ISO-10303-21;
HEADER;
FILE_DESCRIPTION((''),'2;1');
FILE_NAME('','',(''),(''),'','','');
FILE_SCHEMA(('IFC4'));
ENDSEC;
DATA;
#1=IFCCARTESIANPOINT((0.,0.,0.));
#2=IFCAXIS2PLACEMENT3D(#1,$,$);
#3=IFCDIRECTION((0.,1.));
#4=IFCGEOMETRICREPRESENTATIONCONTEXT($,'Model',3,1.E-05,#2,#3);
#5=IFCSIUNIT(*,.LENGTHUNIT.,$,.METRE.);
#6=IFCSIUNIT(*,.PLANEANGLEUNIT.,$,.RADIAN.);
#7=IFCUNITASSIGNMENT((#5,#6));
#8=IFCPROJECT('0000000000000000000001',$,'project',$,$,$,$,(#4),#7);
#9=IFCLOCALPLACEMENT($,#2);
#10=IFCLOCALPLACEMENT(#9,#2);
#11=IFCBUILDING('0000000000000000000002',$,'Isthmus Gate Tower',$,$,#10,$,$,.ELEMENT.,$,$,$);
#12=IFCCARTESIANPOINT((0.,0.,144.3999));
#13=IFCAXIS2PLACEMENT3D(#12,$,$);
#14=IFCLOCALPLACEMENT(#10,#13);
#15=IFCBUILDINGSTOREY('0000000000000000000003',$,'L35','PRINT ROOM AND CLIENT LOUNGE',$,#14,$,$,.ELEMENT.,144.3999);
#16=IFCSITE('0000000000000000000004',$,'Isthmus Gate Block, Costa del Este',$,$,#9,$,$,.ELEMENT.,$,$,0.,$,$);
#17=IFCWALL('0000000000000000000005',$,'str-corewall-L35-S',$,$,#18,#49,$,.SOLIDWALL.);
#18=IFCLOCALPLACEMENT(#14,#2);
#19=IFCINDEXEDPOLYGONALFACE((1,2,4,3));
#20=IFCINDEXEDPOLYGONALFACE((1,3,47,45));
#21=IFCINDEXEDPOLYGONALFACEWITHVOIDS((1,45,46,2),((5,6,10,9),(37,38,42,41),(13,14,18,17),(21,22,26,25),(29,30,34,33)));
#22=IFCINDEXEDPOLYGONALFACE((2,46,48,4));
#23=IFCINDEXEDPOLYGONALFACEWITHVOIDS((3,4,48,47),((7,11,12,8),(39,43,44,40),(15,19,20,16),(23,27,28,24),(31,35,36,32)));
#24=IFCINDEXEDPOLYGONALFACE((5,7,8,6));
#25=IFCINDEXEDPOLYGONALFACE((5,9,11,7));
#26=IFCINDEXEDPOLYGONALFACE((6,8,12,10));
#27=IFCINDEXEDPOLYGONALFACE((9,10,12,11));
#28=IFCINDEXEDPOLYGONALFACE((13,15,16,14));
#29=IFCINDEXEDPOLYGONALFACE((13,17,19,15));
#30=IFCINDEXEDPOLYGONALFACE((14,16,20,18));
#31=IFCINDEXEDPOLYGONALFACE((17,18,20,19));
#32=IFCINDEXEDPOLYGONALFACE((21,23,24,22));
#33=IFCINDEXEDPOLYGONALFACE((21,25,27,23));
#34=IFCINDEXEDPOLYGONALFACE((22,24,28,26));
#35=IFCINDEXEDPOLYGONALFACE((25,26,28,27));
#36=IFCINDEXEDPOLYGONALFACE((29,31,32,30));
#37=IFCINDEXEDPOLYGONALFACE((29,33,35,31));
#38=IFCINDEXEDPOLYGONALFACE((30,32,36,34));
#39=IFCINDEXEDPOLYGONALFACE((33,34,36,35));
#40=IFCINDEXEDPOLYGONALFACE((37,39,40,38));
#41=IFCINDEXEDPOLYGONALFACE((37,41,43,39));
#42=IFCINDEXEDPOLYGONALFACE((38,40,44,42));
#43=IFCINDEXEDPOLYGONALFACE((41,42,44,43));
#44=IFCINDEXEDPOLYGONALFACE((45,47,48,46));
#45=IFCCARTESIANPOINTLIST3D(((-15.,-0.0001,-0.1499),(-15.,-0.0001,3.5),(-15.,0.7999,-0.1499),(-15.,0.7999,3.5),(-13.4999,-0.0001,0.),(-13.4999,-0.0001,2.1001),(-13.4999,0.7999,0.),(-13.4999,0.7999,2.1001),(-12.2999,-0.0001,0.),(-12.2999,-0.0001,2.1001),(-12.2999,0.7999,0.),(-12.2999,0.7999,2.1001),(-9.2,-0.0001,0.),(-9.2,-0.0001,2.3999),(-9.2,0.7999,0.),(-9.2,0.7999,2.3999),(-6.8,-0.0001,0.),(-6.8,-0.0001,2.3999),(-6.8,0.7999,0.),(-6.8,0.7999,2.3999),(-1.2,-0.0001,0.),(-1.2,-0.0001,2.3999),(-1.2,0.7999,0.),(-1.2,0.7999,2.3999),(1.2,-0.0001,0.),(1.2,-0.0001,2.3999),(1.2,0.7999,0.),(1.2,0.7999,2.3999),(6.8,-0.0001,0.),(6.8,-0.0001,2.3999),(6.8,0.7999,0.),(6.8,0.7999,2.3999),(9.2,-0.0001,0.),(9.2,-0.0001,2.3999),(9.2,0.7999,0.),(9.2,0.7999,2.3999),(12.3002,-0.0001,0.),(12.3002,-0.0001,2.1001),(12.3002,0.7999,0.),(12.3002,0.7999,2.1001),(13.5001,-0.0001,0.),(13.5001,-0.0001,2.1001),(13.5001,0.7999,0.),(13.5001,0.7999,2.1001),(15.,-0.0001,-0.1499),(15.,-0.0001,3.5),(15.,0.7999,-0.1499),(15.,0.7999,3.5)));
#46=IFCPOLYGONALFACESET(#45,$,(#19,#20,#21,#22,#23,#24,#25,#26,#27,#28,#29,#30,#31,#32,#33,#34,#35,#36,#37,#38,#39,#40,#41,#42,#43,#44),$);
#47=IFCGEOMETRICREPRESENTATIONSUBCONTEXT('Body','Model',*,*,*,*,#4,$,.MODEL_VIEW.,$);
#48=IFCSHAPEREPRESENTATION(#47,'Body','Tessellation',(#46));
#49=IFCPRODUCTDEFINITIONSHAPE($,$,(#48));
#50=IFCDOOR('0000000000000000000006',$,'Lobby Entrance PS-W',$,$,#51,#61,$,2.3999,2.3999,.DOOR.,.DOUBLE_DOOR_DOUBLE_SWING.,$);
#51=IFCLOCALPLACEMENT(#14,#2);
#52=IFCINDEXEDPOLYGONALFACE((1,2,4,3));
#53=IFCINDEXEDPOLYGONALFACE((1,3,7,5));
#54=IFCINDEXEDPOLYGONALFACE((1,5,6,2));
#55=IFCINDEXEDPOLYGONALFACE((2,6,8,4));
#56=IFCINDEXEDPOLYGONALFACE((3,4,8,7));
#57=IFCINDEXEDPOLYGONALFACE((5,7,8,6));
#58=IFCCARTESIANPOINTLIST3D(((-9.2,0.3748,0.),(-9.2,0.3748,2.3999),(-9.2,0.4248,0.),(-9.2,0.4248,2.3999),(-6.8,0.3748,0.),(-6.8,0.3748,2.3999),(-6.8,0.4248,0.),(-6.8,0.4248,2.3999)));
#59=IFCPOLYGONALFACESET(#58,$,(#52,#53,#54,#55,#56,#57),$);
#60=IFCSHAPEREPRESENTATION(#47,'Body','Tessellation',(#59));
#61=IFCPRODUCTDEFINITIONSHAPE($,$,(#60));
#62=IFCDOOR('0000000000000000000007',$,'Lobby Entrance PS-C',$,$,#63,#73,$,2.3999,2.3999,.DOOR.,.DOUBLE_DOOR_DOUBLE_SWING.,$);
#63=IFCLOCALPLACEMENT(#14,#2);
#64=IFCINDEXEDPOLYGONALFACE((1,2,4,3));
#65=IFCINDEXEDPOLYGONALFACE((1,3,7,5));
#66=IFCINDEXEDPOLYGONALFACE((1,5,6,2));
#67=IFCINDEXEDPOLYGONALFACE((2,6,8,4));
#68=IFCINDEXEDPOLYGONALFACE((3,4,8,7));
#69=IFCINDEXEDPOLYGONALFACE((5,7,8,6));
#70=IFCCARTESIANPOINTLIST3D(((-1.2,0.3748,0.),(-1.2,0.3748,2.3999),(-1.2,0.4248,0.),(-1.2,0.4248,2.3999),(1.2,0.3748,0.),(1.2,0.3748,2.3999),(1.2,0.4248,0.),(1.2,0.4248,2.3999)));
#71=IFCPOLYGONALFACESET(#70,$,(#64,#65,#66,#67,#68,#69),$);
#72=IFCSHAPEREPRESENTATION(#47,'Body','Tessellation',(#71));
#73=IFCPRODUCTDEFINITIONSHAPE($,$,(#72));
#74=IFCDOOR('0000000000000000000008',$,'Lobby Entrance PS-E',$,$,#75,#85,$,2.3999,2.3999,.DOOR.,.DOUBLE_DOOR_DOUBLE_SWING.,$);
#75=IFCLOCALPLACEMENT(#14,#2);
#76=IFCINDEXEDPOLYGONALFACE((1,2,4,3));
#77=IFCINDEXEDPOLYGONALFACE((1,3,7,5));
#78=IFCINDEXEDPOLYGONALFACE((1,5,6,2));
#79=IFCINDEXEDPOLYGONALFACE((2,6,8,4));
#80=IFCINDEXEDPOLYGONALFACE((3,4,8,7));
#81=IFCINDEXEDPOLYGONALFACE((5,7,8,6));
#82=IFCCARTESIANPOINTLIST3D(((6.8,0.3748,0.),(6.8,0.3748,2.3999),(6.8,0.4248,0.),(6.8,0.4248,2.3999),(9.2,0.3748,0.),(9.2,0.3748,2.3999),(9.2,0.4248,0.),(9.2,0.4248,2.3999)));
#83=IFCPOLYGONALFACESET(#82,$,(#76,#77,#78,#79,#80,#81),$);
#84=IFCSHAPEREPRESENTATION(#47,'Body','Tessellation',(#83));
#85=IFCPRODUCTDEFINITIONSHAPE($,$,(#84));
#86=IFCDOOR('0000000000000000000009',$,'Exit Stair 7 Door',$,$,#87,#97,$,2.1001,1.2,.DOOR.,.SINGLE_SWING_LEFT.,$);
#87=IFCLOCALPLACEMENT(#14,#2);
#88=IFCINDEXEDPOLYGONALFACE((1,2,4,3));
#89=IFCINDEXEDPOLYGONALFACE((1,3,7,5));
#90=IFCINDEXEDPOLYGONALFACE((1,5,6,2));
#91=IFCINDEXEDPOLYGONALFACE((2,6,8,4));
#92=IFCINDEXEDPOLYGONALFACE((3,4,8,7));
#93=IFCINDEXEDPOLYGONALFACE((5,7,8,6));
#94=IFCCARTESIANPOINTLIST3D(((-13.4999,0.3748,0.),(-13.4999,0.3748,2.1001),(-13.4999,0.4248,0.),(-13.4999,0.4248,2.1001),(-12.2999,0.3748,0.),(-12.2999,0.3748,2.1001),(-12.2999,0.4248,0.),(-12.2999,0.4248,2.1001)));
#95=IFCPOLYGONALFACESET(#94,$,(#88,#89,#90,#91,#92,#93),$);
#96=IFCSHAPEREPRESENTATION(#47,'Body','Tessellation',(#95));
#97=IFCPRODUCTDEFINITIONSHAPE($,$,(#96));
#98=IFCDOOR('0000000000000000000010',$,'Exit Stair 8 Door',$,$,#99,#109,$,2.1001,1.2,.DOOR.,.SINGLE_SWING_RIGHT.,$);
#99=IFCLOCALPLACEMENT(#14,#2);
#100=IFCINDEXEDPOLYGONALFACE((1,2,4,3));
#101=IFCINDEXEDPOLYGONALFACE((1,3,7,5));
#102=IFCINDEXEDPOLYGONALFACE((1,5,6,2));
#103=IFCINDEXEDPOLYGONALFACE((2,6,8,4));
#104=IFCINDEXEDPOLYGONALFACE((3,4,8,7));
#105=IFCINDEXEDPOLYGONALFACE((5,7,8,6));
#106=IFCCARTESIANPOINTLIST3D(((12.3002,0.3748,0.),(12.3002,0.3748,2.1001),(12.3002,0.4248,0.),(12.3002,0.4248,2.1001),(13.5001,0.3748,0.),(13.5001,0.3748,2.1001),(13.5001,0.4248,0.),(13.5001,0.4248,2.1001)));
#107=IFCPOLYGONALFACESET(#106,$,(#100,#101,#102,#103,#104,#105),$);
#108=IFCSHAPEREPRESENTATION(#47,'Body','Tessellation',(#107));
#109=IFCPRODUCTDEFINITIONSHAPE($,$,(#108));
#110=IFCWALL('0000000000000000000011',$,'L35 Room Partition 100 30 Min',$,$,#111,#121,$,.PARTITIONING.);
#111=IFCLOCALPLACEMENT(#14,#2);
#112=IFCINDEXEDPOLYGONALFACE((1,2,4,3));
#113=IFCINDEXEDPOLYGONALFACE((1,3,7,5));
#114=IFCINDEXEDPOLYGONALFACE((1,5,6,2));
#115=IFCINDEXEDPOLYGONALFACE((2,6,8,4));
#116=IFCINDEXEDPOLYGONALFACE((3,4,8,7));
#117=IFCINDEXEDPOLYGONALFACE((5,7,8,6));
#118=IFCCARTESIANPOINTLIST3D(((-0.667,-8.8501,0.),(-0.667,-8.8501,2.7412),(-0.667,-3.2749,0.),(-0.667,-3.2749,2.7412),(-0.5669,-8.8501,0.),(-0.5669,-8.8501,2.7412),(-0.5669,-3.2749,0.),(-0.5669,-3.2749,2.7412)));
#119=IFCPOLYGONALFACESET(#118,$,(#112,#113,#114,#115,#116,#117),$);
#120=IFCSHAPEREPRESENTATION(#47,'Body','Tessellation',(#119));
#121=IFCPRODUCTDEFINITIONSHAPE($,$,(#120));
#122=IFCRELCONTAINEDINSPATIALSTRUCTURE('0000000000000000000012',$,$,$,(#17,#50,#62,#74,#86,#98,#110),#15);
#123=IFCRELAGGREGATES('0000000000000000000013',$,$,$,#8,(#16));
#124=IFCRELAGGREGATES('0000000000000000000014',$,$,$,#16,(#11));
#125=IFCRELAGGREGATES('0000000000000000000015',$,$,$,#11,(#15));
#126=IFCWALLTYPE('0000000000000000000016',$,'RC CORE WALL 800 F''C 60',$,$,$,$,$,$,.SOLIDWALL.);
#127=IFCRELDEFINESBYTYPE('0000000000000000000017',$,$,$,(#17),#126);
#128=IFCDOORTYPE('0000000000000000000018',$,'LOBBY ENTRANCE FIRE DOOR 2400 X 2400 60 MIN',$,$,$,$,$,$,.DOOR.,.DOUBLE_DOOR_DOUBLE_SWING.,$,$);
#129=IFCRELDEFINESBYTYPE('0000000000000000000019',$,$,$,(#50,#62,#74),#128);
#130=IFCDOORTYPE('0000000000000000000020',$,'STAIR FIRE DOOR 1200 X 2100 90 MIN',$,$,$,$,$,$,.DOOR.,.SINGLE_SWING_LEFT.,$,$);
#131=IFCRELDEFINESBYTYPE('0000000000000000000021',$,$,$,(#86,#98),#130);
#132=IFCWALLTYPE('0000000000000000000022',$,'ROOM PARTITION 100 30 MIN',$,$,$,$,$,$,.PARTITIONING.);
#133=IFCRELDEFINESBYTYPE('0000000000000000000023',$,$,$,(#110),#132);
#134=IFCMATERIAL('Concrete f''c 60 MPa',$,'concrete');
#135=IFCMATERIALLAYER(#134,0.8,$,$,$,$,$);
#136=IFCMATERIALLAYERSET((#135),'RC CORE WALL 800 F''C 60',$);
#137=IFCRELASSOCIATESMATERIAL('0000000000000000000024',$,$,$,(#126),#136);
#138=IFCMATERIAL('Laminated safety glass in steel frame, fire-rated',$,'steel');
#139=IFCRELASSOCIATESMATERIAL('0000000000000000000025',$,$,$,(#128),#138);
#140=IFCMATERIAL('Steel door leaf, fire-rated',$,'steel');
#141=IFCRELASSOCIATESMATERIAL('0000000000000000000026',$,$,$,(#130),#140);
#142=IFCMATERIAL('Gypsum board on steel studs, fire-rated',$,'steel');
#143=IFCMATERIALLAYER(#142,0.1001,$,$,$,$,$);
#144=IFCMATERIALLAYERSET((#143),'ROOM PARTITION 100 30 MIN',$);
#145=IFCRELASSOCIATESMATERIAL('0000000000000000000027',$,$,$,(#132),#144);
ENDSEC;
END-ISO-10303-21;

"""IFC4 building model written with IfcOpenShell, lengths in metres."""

from ifc_helpers import new_model, si_unit, direction, frame, frame_2d, origin, place, context, subcontext, project, spatial, rectangle, extrude, material, layer, layer_set, type_object, element, fill, save


model = new_model("IFC4")

# Units and contexts
model_context = context("Model", 3, precision=1e-05, world=origin(), true_north=direction((0.0, 1.0)))
body_context = subcontext(model_context, "Body", "Model", "MODEL_VIEW")
ifc_project = project(units=[si_unit("LENGTHUNIT", "METRE"), si_unit("PLANEANGLEUNIT", "RADIAN")], contexts=[model_context])

# Site, building, storey
site_placement = place(None, origin())
site = spatial("IfcSite", under=ifc_project, at=site_placement, Name="Isthmus Gate Block, Costa del Este", CompositionType="ELEMENT", RefElevation=0.0)
building_placement = place(site_placement, origin())
building = spatial("IfcBuilding", under=site, at=building_placement, Name="Isthmus Gate Tower", CompositionType="ELEMENT")
storey_placement = place(building_placement, frame((0.0, 0.0, 144.3999)))
storey = spatial("IfcBuildingStorey", under=building, at=storey_placement, Name="L35", Description="PRINT ROOM AND CLIENT LOUNGE", CompositionType="ELEMENT", Elevation=144.3999)

# Wall, openings, doors
ifc_material_1 = material(Name="Concrete f'c 60 MPa", Category="concrete")
ifc_layer_1 = layer(ifc_material_1, 0.8)
ifc_layer_set_1 = layer_set([ifc_layer_1], Name="RC CORE WALL 800 F'C 60")
wall_type_1 = type_object("IfcWallType", Name="RC CORE WALL 800 F'C 60", PredefinedType="SOLIDWALL", material=ifc_layer_set_1)
wall_1_placement = place(storey_placement, frame((-15.0, 0.3999, -0.1499), z_axis=(0.0, 0.0, 1.0), x_axis=(1.0, 0.0, 0.0)))
wall_1 = element("IfcWall", 1, at=wall_1_placement, inside=storey, type_object=wall_type_1, Name="str-corewall-L35-S", PredefinedType="SOLIDWALL", context=body_context, shape_type="SweptSolid", body=[
    extrude(rectangle(XDim=30.0, YDim=0.8, at=frame_2d((15.0, 0.0))), origin(), (0.0, 0.0, 1.0), 3.6499),
])
opening_1_placement = place(wall_1_placement, frame((5.8, 0.0, 0.1499)))
opening_1 = element("IfcOpeningElement", 2, at=opening_1_placement, cuts=wall_1, PredefinedType="OPENING", context=body_context, shape_type="SweptSolid", body=[
    extrude(rectangle(XDim=2.3999, YDim=2.3999, at=frame_2d((1.2, 1.2))), frame((0.0, 0.4099, 0.0), z_axis=(0.0, -1.0, 0.0), x_axis=(1.0, 0.0, 0.0)), (0.0, 0.0, 1.0), 0.8201),
])
opening_2_placement = place(wall_1_placement, frame((13.8, 0.0, 0.1499)))
opening_2 = element("IfcOpeningElement", 3, at=opening_2_placement, cuts=wall_1, PredefinedType="OPENING", context=body_context, shape_type="SweptSolid", body=[
    extrude(rectangle(XDim=2.3999, YDim=2.3999, at=frame_2d((1.2, 1.2))), frame((0.0, 0.4099, 0.0), z_axis=(0.0, -1.0, 0.0), x_axis=(1.0, 0.0, 0.0)), (0.0, 0.0, 1.0), 0.8201),
])
opening_3_placement = place(wall_1_placement, frame((21.8, 0.0, 0.1499)))
opening_3 = element("IfcOpeningElement", 4, at=opening_3_placement, cuts=wall_1, PredefinedType="OPENING", context=body_context, shape_type="SweptSolid", body=[
    extrude(rectangle(XDim=2.3999, YDim=2.3999, at=frame_2d((1.2, 1.2))), frame((0.0, 0.4099, 0.0), z_axis=(0.0, -1.0, 0.0), x_axis=(1.0, 0.0, 0.0)), (0.0, 0.0, 1.0), 0.8201),
])
opening_4_placement = place(wall_1_placement, frame((1.5, 0.0, 0.1499)))
opening_4 = element("IfcOpeningElement", 5, at=opening_4_placement, cuts=wall_1, PredefinedType="OPENING", context=body_context, shape_type="SweptSolid", body=[
    extrude(rectangle(XDim=1.2, YDim=2.1001, at=frame_2d((0.6001, 1.05))), frame((0.0, 0.4099, 0.0), z_axis=(0.0, -1.0, 0.0), x_axis=(1.0, 0.0, 0.0)), (0.0, 0.0, 1.0), 0.8201),
])
opening_5_placement = place(wall_1_placement, frame((27.3, 0.0, 0.1499)))
opening_5 = element("IfcOpeningElement", 6, at=opening_5_placement, cuts=wall_1, PredefinedType="OPENING", context=body_context, shape_type="SweptSolid", body=[
    extrude(rectangle(XDim=1.2, YDim=2.1001, at=frame_2d((0.6001, 1.05))), frame((0.0, 0.4099, 0.0), z_axis=(0.0, -1.0, 0.0), x_axis=(1.0, 0.0, 0.0)), (0.0, 0.0, 1.0), 0.8201),
])
ifc_material_2 = material(Name="Laminated safety glass in steel frame, fire-rated", Category="steel")
door_type_1 = type_object("IfcDoorType", Name="LOBBY ENTRANCE FIRE DOOR 2400 X 2400 60 MIN", OperationType="DOUBLE_DOOR_DOUBLE_SWING", PredefinedType="DOOR", material=ifc_material_2)
door_1_placement = place(opening_1_placement, origin())
door_1 = element("IfcDoor", 7, at=door_1_placement, inside=storey, type_object=door_type_1, Name="Lobby Entrance PS-W", OperationType="DOUBLE_DOOR_DOUBLE_SWING", OverallHeight=2.3999, OverallWidth=2.3999, PredefinedType="DOOR", context=body_context, shape_type="SweptSolid", body=[
    extrude(rectangle(XDim=2.3999, YDim=2.3999, at=frame_2d((1.2, 1.2))), frame((0.0, 0.0249, 0.0), z_axis=(0.0, -1.0, 0.0), x_axis=(1.0, 0.0, 0.0)), (0.0, 0.0, 1.0), 0.05),
])
fill(opening_1, door_1)
door_2_placement = place(opening_2_placement, origin())
door_2 = element("IfcDoor", 8, at=door_2_placement, inside=storey, type_object=door_type_1, Name="Lobby Entrance PS-C", OperationType="DOUBLE_DOOR_DOUBLE_SWING", OverallHeight=2.3999, OverallWidth=2.3999, PredefinedType="DOOR", context=body_context, shape_type="SweptSolid", body=[
    extrude(rectangle(XDim=2.3999, YDim=2.3999, at=frame_2d((1.2, 1.2))), frame((0.0, 0.0249, 0.0), z_axis=(0.0, -1.0, 0.0), x_axis=(1.0, 0.0, 0.0)), (0.0, 0.0, 1.0), 0.05),
])
fill(opening_2, door_2)
door_3_placement = place(opening_3_placement, origin())
door_3 = element("IfcDoor", 9, at=door_3_placement, inside=storey, type_object=door_type_1, Name="Lobby Entrance PS-E", OperationType="DOUBLE_DOOR_DOUBLE_SWING", OverallHeight=2.3999, OverallWidth=2.3999, PredefinedType="DOOR", context=body_context, shape_type="SweptSolid", body=[
    extrude(rectangle(XDim=2.3999, YDim=2.3999, at=frame_2d((1.2, 1.2))), frame((0.0, 0.0249, 0.0), z_axis=(0.0, -1.0, 0.0), x_axis=(1.0, 0.0, 0.0)), (0.0, 0.0, 1.0), 0.05),
])
fill(opening_3, door_3)
ifc_material_3 = material(Name="Steel door leaf, fire-rated", Category="steel")
door_type_2 = type_object("IfcDoorType", Name="STAIR FIRE DOOR 1200 X 2100 90 MIN", OperationType="SINGLE_SWING_LEFT", PredefinedType="DOOR", material=ifc_material_3)
door_4_placement = place(opening_4_placement, origin())
door_4 = element("IfcDoor", 10, at=door_4_placement, inside=storey, type_object=door_type_2, Name="Exit Stair 7 Door", OperationType="SINGLE_SWING_LEFT", OverallHeight=2.1001, OverallWidth=1.2, PredefinedType="DOOR", context=body_context, shape_type="SweptSolid", body=[
    extrude(rectangle(XDim=1.2, YDim=2.1001, at=frame_2d((0.6001, 1.05))), frame((0.0, 0.0249, 0.0), z_axis=(0.0, -1.0, 0.0), x_axis=(1.0, 0.0, 0.0)), (0.0, 0.0, 1.0), 0.05),
])
fill(opening_4, door_4)
door_5_placement = place(opening_5_placement, origin())
door_5 = element("IfcDoor", 11, at=door_5_placement, inside=storey, type_object=door_type_2, Name="Exit Stair 8 Door", OperationType="SINGLE_SWING_RIGHT", OverallHeight=2.1001, OverallWidth=1.2, PredefinedType="DOOR", context=body_context, shape_type="SweptSolid", body=[
    extrude(rectangle(XDim=1.2, YDim=2.1001, at=frame_2d((0.6001, 1.05))), frame((0.0, 0.0249, 0.0), z_axis=(0.0, -1.0, 0.0), x_axis=(1.0, 0.0, 0.0)), (0.0, 0.0, 1.0), 0.05),
])
fill(opening_5, door_5)

# Wall
ifc_material_4 = material(Name="Gypsum board on steel studs, fire-rated", Category="steel")
ifc_layer_2 = layer(ifc_material_4, 0.1001)
ifc_layer_set_2 = layer_set([ifc_layer_2], Name="ROOM PARTITION 100 30 MIN")
wall_type_2 = type_object("IfcWallType", Name="ROOM PARTITION 100 30 MIN", PredefinedType="PARTITIONING", material=ifc_layer_set_2)
wall_2_placement = place(storey_placement, frame((-0.6169, -8.8501, 0.0), z_axis=(0.0, 0.0, 1.0), x_axis=(0.0, 1.0, 0.0)))
element("IfcWall", 12, at=wall_2_placement, inside=storey, type_object=wall_type_2, Name="L35 Room Partition 100 30 Min", PredefinedType="PARTITIONING", context=body_context, shape_type="SweptSolid", body=[
    extrude(rectangle(XDim=5.5752, YDim=0.1001, at=frame_2d((2.7876, 0.0))), origin(), (0.0, 0.0, 1.0), 2.7412),
])

save(model, "model.ifc")
